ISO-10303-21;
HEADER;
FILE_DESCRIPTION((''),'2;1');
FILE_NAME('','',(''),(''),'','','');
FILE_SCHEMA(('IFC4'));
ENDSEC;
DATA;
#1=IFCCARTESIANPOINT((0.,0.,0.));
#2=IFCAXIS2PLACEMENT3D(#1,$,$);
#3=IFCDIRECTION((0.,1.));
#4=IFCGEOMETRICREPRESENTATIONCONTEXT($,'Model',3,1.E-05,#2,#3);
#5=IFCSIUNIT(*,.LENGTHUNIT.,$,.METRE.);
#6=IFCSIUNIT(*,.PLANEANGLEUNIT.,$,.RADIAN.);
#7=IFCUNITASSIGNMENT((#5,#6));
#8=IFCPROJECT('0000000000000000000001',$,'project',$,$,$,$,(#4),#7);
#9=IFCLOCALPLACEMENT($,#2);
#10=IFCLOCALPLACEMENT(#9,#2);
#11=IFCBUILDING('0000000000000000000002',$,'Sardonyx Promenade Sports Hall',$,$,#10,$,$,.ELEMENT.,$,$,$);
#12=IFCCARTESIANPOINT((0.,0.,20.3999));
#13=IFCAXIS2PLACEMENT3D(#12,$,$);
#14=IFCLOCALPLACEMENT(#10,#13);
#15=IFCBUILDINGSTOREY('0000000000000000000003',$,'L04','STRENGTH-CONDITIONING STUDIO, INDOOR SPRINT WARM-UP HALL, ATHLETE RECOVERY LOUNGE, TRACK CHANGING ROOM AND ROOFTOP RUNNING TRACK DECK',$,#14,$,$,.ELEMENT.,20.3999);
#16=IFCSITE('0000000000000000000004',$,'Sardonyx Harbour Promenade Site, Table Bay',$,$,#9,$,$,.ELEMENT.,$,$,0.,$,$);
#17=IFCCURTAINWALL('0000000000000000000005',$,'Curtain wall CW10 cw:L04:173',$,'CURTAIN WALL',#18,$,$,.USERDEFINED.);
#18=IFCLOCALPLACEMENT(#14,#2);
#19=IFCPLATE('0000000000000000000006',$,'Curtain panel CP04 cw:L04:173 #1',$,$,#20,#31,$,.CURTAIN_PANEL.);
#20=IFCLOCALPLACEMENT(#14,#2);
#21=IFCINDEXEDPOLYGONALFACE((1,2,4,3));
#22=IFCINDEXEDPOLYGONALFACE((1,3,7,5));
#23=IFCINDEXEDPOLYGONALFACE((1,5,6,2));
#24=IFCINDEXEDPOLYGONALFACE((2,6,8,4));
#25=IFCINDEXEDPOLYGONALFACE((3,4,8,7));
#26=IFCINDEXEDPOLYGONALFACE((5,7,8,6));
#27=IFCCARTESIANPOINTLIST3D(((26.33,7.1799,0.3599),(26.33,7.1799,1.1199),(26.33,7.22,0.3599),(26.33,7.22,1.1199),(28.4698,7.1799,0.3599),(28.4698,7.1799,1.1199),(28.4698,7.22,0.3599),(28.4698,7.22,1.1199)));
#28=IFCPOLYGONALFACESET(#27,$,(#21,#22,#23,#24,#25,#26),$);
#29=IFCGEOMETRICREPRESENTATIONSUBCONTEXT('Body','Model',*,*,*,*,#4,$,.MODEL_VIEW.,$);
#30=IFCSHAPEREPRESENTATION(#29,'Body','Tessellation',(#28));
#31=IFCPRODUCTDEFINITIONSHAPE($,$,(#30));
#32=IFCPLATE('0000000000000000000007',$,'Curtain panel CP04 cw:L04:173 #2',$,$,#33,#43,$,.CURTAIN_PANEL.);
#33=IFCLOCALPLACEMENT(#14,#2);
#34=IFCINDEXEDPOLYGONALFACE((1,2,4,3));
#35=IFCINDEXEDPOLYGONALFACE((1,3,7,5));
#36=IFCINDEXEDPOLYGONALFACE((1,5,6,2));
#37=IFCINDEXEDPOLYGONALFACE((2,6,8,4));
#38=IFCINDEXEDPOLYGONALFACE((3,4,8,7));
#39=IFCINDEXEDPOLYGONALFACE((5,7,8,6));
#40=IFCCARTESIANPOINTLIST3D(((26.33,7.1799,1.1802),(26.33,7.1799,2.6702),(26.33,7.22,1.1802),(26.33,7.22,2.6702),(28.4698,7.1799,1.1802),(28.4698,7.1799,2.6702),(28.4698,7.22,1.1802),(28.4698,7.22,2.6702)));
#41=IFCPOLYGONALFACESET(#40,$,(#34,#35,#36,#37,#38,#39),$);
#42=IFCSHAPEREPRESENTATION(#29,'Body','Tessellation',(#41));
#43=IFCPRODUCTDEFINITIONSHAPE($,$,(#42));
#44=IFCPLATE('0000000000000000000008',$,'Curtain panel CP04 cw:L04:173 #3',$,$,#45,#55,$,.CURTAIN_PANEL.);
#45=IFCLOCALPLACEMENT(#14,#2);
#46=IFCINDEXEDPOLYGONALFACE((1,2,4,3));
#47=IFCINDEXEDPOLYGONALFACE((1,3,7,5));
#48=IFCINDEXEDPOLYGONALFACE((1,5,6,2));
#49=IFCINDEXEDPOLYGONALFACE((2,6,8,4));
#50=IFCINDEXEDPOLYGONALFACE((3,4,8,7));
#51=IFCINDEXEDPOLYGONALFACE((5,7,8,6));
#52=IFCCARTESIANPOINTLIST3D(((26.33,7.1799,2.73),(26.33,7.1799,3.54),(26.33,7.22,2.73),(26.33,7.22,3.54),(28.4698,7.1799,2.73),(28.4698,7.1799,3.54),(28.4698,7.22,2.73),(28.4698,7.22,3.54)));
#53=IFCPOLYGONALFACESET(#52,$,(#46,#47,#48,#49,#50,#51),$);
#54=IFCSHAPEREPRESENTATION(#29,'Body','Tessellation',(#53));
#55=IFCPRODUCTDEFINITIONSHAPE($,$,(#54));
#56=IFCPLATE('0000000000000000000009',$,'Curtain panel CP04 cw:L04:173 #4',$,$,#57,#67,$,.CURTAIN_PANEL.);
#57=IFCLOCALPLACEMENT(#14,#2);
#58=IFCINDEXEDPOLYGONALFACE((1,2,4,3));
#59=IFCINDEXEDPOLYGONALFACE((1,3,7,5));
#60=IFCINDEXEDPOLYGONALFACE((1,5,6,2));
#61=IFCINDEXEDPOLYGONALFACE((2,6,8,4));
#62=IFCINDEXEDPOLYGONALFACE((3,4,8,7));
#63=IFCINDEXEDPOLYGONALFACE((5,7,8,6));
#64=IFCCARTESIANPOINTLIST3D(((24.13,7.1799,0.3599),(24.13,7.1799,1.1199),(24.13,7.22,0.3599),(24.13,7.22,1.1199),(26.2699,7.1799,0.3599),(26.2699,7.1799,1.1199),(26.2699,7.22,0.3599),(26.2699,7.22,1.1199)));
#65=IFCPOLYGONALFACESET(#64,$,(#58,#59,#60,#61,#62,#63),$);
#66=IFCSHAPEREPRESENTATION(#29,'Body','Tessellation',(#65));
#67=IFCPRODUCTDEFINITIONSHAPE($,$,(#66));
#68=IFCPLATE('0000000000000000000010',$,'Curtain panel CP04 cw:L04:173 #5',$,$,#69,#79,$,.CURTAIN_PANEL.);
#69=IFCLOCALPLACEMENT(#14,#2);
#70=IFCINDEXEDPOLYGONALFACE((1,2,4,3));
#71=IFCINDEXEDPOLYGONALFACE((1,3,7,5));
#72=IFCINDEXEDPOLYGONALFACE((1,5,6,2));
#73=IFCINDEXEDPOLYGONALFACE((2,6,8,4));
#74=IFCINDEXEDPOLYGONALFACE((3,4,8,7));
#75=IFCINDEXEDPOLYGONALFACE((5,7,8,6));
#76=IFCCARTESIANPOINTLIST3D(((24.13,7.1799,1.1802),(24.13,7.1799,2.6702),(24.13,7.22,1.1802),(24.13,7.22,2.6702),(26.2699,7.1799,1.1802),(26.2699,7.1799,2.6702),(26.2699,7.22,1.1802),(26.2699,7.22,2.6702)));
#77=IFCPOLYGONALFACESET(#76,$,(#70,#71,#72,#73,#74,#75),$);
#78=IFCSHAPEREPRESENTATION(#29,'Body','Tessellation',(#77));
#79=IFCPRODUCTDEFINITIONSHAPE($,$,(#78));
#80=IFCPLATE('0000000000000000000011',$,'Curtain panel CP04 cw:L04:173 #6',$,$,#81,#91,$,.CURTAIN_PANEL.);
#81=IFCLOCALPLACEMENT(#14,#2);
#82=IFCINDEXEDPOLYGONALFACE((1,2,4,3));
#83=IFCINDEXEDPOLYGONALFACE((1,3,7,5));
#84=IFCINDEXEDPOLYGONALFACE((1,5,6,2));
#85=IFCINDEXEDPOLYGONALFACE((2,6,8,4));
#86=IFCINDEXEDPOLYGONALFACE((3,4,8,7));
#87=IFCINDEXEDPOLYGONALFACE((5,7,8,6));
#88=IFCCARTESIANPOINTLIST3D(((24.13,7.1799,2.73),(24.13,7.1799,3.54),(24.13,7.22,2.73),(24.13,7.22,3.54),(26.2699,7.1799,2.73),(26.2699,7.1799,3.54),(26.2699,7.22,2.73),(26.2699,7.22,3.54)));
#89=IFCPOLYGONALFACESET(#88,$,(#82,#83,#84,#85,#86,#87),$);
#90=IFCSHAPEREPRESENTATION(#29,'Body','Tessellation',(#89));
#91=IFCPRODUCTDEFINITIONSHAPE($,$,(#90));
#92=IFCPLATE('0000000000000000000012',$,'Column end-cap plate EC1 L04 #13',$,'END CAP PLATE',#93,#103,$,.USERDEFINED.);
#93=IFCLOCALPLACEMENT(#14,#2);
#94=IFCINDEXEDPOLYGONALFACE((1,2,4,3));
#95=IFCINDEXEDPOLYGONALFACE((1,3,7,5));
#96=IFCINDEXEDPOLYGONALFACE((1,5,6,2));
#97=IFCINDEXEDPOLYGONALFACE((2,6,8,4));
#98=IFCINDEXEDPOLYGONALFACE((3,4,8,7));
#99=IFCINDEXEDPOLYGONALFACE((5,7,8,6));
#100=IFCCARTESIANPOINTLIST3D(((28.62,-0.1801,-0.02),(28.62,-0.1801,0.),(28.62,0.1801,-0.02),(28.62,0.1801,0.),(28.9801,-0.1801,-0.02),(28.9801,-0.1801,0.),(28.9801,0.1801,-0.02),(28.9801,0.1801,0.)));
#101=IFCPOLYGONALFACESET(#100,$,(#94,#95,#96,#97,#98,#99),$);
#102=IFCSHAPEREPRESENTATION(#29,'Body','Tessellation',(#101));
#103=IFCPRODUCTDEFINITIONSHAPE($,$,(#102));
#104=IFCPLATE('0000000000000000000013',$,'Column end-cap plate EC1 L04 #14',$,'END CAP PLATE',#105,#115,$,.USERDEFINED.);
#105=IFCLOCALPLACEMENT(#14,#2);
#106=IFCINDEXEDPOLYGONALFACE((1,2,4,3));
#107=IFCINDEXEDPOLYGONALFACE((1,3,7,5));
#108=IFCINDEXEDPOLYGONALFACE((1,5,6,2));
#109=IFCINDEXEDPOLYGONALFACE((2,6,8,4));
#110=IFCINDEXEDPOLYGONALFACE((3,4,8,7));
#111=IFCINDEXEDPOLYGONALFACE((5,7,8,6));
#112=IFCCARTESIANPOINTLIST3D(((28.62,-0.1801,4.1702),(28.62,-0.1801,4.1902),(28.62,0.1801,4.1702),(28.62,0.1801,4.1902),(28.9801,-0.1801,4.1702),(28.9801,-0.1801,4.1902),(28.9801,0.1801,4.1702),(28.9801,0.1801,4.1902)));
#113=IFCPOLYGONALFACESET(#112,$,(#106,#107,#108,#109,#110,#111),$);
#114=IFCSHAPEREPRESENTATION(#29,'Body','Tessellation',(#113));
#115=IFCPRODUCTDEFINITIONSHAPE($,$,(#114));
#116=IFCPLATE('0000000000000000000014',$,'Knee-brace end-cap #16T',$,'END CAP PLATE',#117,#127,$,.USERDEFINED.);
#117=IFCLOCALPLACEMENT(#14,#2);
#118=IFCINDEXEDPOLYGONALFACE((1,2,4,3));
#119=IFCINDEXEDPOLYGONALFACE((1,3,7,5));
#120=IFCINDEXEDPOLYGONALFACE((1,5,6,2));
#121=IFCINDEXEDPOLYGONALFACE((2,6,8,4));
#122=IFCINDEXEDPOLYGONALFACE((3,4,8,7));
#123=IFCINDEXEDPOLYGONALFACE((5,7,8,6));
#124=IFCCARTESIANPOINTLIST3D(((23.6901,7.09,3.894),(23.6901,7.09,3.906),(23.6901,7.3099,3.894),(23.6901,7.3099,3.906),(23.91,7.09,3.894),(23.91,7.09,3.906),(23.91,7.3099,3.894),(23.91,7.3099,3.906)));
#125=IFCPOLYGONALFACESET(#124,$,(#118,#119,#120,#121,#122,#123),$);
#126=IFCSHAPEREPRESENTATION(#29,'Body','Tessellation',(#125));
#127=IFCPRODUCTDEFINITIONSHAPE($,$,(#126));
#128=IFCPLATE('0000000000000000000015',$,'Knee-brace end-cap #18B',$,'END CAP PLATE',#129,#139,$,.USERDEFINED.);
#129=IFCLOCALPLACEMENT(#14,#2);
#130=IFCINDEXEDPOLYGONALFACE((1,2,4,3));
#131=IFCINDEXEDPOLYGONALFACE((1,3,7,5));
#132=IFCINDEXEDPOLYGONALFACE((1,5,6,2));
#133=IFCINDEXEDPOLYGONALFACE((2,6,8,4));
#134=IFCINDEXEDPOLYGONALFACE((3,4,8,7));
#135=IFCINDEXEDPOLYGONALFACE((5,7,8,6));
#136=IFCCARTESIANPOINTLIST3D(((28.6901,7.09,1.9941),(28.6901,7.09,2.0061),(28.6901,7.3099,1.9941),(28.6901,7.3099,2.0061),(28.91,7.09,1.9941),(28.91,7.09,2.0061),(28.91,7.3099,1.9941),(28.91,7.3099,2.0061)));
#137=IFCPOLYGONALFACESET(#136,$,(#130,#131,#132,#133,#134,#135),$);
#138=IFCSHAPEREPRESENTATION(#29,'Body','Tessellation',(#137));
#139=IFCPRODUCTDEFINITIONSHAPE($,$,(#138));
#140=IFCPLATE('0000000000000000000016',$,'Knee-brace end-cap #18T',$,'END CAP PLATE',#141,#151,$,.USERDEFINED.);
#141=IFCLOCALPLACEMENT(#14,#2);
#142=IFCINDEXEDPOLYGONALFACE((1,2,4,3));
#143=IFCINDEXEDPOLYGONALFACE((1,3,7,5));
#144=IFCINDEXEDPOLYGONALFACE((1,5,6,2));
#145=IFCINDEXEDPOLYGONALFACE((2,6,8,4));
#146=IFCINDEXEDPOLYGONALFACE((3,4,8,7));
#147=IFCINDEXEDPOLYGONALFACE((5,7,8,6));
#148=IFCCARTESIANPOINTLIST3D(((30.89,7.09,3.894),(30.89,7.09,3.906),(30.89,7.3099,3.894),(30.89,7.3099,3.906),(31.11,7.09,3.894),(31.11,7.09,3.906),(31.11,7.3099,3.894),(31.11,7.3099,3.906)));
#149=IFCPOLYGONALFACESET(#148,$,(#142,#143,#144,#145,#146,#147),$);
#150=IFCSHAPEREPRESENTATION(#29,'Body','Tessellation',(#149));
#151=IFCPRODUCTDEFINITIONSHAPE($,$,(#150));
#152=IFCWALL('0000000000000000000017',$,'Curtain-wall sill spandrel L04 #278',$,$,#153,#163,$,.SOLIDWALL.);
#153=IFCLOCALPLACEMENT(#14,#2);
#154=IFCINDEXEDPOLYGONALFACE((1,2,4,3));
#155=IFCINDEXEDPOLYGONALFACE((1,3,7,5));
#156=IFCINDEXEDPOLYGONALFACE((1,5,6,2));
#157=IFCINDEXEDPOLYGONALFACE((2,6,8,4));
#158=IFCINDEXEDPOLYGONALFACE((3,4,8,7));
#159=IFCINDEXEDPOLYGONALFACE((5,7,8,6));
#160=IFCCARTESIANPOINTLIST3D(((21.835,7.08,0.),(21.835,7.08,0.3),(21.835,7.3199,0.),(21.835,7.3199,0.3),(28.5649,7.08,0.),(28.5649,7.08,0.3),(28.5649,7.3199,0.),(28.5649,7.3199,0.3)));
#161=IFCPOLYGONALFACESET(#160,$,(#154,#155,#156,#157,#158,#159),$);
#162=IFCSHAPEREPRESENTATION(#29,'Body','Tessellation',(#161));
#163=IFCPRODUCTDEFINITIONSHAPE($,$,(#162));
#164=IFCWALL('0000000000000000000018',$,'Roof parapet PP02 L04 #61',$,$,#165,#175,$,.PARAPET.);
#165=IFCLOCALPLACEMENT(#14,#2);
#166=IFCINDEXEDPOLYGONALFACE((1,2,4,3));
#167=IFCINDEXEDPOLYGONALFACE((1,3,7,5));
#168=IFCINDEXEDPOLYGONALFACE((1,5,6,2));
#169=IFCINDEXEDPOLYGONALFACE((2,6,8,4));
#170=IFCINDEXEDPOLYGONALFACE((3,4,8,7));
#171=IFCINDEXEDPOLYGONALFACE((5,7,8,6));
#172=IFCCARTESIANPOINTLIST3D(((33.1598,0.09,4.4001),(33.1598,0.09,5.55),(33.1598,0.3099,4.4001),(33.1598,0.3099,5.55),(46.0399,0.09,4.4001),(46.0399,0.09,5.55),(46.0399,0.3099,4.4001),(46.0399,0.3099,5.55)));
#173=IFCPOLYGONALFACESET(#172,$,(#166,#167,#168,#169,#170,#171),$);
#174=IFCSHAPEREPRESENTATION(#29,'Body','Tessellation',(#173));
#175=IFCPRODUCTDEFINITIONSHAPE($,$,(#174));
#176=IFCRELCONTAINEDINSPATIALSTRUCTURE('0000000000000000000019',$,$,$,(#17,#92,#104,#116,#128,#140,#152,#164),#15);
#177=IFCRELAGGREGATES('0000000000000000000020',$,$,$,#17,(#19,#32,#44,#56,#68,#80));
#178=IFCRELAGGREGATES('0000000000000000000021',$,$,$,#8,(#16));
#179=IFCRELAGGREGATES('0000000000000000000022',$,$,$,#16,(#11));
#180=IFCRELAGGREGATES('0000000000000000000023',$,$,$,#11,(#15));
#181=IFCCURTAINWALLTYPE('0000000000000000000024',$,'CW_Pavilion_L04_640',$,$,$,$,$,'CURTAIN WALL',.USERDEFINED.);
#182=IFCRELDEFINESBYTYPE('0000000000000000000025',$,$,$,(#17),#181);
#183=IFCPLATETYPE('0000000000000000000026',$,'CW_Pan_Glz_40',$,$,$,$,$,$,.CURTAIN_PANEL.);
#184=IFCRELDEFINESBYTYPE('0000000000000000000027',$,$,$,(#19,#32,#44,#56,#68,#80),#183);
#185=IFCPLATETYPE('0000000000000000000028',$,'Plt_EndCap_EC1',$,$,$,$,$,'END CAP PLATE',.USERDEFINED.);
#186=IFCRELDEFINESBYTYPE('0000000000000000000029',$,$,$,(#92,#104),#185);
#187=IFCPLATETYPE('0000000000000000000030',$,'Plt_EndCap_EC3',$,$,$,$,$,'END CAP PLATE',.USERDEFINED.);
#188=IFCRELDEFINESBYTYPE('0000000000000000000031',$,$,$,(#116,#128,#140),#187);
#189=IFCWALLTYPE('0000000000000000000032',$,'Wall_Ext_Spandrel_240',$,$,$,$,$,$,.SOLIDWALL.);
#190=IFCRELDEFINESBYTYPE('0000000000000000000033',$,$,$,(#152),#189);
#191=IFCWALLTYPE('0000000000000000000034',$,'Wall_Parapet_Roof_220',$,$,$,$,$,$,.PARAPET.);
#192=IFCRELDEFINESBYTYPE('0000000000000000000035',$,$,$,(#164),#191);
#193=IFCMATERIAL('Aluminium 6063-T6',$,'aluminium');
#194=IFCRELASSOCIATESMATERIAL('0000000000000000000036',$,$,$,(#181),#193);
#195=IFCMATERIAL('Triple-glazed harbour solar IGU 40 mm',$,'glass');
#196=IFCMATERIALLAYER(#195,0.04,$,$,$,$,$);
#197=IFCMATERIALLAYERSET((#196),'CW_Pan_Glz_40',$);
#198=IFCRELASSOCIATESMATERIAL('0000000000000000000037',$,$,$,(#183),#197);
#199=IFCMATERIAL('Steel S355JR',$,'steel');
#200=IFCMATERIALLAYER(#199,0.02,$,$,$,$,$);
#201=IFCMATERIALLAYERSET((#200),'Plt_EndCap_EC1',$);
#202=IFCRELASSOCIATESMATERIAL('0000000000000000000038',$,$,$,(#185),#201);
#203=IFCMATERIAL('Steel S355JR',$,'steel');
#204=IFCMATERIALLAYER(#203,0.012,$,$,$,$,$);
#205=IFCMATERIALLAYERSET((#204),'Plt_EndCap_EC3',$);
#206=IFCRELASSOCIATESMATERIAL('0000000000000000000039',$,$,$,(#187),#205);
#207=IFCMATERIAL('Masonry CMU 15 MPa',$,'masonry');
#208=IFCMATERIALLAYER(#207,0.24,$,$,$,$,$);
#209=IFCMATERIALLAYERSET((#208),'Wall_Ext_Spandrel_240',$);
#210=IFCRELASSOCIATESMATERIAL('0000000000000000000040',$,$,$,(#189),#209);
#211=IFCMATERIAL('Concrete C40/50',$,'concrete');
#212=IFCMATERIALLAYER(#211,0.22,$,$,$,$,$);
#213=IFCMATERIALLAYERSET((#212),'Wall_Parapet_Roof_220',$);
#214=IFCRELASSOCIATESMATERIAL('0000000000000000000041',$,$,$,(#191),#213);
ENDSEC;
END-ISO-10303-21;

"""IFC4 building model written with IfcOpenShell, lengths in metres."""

from ifc_helpers import new_model, si_unit, direction, frame, frame_2d, origin, origin_2d, place, context, subcontext, project, spatial, rectangle, extrude, material, layer, layer_set, type_object, element, aggregate, save


model = new_model("IFC4")

# Units and contexts
model_context = context("Model", 3, precision=1e-05, world=origin(), true_north=direction((0.0, 1.0)))
body_context = subcontext(model_context, "Body", "Model", "MODEL_VIEW")
ifc_project = project(units=[si_unit("LENGTHUNIT", "METRE"), si_unit("PLANEANGLEUNIT", "RADIAN")], contexts=[model_context])

# Site, building, storey
site_placement = place(None, origin())
site = spatial("IfcSite", under=ifc_project, at=site_placement, Name="Sardonyx Harbour Promenade Site, Table Bay", CompositionType="ELEMENT", RefElevation=0.0)
building_placement = place(site_placement, origin())
building = spatial("IfcBuilding", under=site, at=building_placement, Name="Sardonyx Promenade Sports Hall", CompositionType="ELEMENT")
storey_placement = place(building_placement, frame((0.0, 0.0, 20.3999)))
storey = spatial("IfcBuildingStorey", under=building, at=storey_placement, Name="L04", Description="STRENGTH-CONDITIONING STUDIO, INDOOR SPRINT WARM-UP HALL, ATHLETE RECOVERY LOUNGE, TRACK CHANGING ROOM AND ROOFTOP RUNNING TRACK DECK", CompositionType="ELEMENT", Elevation=20.3999)

# Curtain wall
ifc_material_1 = material(Name="Aluminium 6063-T6", Category="aluminium")
curtain_wall_type = type_object("IfcCurtainWallType", Name="CW_Pavilion_L04_640", ElementType="CURTAIN WALL", PredefinedType="USERDEFINED", material=ifc_material_1)
curtain_wall_placement = place(storey_placement, origin())
curtain_wall = element("IfcCurtainWall", 1, at=curtain_wall_placement, inside=storey, type_object=curtain_wall_type, Name="Curtain wall CW10 cw:L04:173", ObjectType="CURTAIN WALL", PredefinedType="USERDEFINED")

# Plates
ifc_material_2 = material(Name="Triple-glazed harbour solar IGU 40 mm", Category="glass")
ifc_layer_1 = layer(ifc_material_2, 0.04)
ifc_layer_set_1 = layer_set([ifc_layer_1], Name="CW_Pan_Glz_40")
plate_type_1 = type_object("IfcPlateType", Name="CW_Pan_Glz_40", PredefinedType="CURTAIN_PANEL", material=ifc_layer_set_1)
plate_1_placement = place(storey_placement, frame((27.3999, 7.2, 0.3599), z_axis=(0.0, 0.0, 1.0), x_axis=(-1.0, 0.0, 0.0)))
plate_1 = element("IfcPlate", 2, at=plate_1_placement, type_object=plate_type_1, Name="Curtain panel CP04 cw:L04:173 #1", PredefinedType="CURTAIN_PANEL", context=body_context, shape_type="SweptSolid", body=[
    extrude(rectangle(XDim=2.1399, YDim=0.04, at=origin_2d()), origin(), (0.0, 0.0, 1.0), 0.76),
])
plate_2_placement = place(storey_placement, frame((27.3999, 7.2, 1.1802), z_axis=(0.0, 0.0, 1.0), x_axis=(-1.0, 0.0, 0.0)))
plate_2 = element("IfcPlate", 3, at=plate_2_placement, type_object=plate_type_1, Name="Curtain panel CP04 cw:L04:173 #2", PredefinedType="CURTAIN_PANEL", context=body_context, shape_type="SweptSolid", body=[
    extrude(rectangle(XDim=2.1399, YDim=0.04, at=origin_2d()), origin(), (0.0, 0.0, 1.0), 1.49),
])
plate_3_placement = place(storey_placement, frame((27.3999, 7.2, 2.73), z_axis=(0.0, 0.0, 1.0), x_axis=(-1.0, 0.0, 0.0)))
plate_3 = element("IfcPlate", 4, at=plate_3_placement, type_object=plate_type_1, Name="Curtain panel CP04 cw:L04:173 #3", PredefinedType="CURTAIN_PANEL", context=body_context, shape_type="SweptSolid", body=[
    extrude(rectangle(XDim=2.1399, YDim=0.04, at=origin_2d()), origin(), (0.0, 0.0, 1.0), 0.8101),
])
plate_4_placement = place(storey_placement, frame((25.2, 7.2, 0.3599), z_axis=(0.0, 0.0, 1.0), x_axis=(-1.0, 0.0, 0.0)))
plate_4 = element("IfcPlate", 5, at=plate_4_placement, type_object=plate_type_1, Name="Curtain panel CP04 cw:L04:173 #4", PredefinedType="CURTAIN_PANEL", context=body_context, shape_type="SweptSolid", body=[
    extrude(rectangle(XDim=2.1399, YDim=0.04, at=origin_2d()), origin(), (0.0, 0.0, 1.0), 0.76),
])
plate_5_placement = place(storey_placement, frame((25.2, 7.2, 1.1802), z_axis=(0.0, 0.0, 1.0), x_axis=(-1.0, 0.0, 0.0)))
plate_5 = element("IfcPlate", 6, at=plate_5_placement, type_object=plate_type_1, Name="Curtain panel CP04 cw:L04:173 #5", PredefinedType="CURTAIN_PANEL", context=body_context, shape_type="SweptSolid", body=[
    extrude(rectangle(XDim=2.1399, YDim=0.04, at=origin_2d()), origin(), (0.0, 0.0, 1.0), 1.49),
])
plate_6_placement = place(storey_placement, frame((25.2, 7.2, 2.73), z_axis=(0.0, 0.0, 1.0), x_axis=(-1.0, 0.0, 0.0)))
plate_6 = element("IfcPlate", 7, at=plate_6_placement, type_object=plate_type_1, Name="Curtain panel CP04 cw:L04:173 #6", PredefinedType="CURTAIN_PANEL", context=body_context, shape_type="SweptSolid", body=[
    extrude(rectangle(XDim=2.1399, YDim=0.04, at=origin_2d()), origin(), (0.0, 0.0, 1.0), 0.8101),
])
aggregate(curtain_wall, [plate_1, plate_2, plate_3, plate_4, plate_5, plate_6])

# Plates
ifc_material_3 = material(Name="Steel S355JR", Category="steel")
ifc_layer_2 = layer(ifc_material_3, 0.02)
ifc_layer_set_2 = layer_set([ifc_layer_2], Name="Plt_EndCap_EC1")
plate_type_2 = type_object("IfcPlateType", Name="Plt_EndCap_EC1", ElementType="END CAP PLATE", PredefinedType="USERDEFINED", material=ifc_layer_set_2)
for number, where, z_axis, x_axis, name in (
    (8, (28.8, 0.0, -0.02), (0.0, 0.0, 1.0), (1.0, 0.0, 0.0), "Column end-cap plate EC1 L04 #13"),
    (9, (28.8, 0.0, 4.1702), (0.0, 0.0, 1.0), (1.0, 0.0, 0.0), "Column end-cap plate EC1 L04 #14"),
):
    element("IfcPlate", number, at=place(storey_placement, frame(where, z_axis=z_axis, x_axis=x_axis)), inside=storey, type_object=plate_type_2, Name=name, ObjectType="END CAP PLATE", PredefinedType="USERDEFINED", context=body_context, shape_type="SweptSolid", body=[
        extrude(rectangle(XDim=0.3601, YDim=0.3601, at=origin_2d()), origin(), (0.0, 0.0, 1.0), 0.02),
    ])
ifc_material_4 = material(Name="Steel S355JR", Category="steel")
ifc_layer_3 = layer(ifc_material_4, 0.012)
ifc_layer_set_3 = layer_set([ifc_layer_3], Name="Plt_EndCap_EC3")
plate_type_3 = type_object("IfcPlateType", Name="Plt_EndCap_EC3", ElementType="END CAP PLATE", PredefinedType="USERDEFINED", material=ifc_layer_set_3)
for number, where, z_axis, x_axis, name in (
    (10, (23.8, 7.2, 3.894), (0.0, 0.0, 1.0), (1.0, 0.0, 0.0), "Knee-brace end-cap #16T"),
    (11, (28.8, 7.2, 1.9941), (0.0, 0.0, 1.0), (1.0, 0.0, 0.0), "Knee-brace end-cap #18B"),
    (12, (31.0, 7.2, 3.894), (0.0, 0.0, 1.0), (1.0, 0.0, 0.0), "Knee-brace end-cap #18T"),
):
    element("IfcPlate", number, at=place(storey_placement, frame(where, z_axis=z_axis, x_axis=x_axis)), inside=storey, type_object=plate_type_3, Name=name, ObjectType="END CAP PLATE", PredefinedType="USERDEFINED", context=body_context, shape_type="SweptSolid", body=[
        extrude(rectangle(XDim=0.22, YDim=0.22, at=origin_2d()), origin(), (0.0, 0.0, 1.0), 0.012),
    ])

# Walls
ifc_material_5 = material(Name="Masonry CMU 15 MPa", Category="masonry")
ifc_layer_4 = layer(ifc_material_5, 0.24)
ifc_layer_set_4 = layer_set([ifc_layer_4], Name="Wall_Ext_Spandrel_240")
wall_type_1 = type_object("IfcWallType", Name="Wall_Ext_Spandrel_240", PredefinedType="SOLIDWALL", material=ifc_layer_set_4)
wall_1_placement = place(storey_placement, frame((28.5649, 7.2, 0.0), z_axis=(0.0, 0.0, 1.0), x_axis=(-1.0, 0.0, 0.0)))
element("IfcWall", 13, at=wall_1_placement, inside=storey, type_object=wall_type_1, Name="Curtain-wall sill spandrel L04 #278", PredefinedType="SOLIDWALL", context=body_context, shape_type="SweptSolid", body=[
    extrude(rectangle(XDim=6.73, YDim=0.24, at=frame_2d((3.365, 0.0))), origin(), (0.0, 0.0, 1.0), 0.3),
])
ifc_material_6 = material(Name="Concrete C40/50", Category="concrete")
ifc_layer_5 = layer(ifc_material_6, 0.22)
ifc_layer_set_5 = layer_set([ifc_layer_5], Name="Wall_Parapet_Roof_220")
wall_type_2 = type_object("IfcWallType", Name="Wall_Parapet_Roof_220", PredefinedType="PARAPET", material=ifc_layer_set_5)
wall_2_placement = place(storey_placement, frame((33.1599, 0.2, 4.4001), z_axis=(0.0, 0.0, 1.0), x_axis=(1.0, 0.0, 0.0)))
element("IfcWall", 14, at=wall_2_placement, inside=storey, type_object=wall_type_2, Name="Roof parapet PP02 L04 #61", PredefinedType="PARAPET", context=body_context, shape_type="SweptSolid", body=[
    extrude(rectangle(XDim=12.8801, YDim=0.22, at=frame_2d((6.4399, 0.0))), origin(), (0.0, 0.0, 1.0), 1.1499),
])

save(model, "model.ifc")
